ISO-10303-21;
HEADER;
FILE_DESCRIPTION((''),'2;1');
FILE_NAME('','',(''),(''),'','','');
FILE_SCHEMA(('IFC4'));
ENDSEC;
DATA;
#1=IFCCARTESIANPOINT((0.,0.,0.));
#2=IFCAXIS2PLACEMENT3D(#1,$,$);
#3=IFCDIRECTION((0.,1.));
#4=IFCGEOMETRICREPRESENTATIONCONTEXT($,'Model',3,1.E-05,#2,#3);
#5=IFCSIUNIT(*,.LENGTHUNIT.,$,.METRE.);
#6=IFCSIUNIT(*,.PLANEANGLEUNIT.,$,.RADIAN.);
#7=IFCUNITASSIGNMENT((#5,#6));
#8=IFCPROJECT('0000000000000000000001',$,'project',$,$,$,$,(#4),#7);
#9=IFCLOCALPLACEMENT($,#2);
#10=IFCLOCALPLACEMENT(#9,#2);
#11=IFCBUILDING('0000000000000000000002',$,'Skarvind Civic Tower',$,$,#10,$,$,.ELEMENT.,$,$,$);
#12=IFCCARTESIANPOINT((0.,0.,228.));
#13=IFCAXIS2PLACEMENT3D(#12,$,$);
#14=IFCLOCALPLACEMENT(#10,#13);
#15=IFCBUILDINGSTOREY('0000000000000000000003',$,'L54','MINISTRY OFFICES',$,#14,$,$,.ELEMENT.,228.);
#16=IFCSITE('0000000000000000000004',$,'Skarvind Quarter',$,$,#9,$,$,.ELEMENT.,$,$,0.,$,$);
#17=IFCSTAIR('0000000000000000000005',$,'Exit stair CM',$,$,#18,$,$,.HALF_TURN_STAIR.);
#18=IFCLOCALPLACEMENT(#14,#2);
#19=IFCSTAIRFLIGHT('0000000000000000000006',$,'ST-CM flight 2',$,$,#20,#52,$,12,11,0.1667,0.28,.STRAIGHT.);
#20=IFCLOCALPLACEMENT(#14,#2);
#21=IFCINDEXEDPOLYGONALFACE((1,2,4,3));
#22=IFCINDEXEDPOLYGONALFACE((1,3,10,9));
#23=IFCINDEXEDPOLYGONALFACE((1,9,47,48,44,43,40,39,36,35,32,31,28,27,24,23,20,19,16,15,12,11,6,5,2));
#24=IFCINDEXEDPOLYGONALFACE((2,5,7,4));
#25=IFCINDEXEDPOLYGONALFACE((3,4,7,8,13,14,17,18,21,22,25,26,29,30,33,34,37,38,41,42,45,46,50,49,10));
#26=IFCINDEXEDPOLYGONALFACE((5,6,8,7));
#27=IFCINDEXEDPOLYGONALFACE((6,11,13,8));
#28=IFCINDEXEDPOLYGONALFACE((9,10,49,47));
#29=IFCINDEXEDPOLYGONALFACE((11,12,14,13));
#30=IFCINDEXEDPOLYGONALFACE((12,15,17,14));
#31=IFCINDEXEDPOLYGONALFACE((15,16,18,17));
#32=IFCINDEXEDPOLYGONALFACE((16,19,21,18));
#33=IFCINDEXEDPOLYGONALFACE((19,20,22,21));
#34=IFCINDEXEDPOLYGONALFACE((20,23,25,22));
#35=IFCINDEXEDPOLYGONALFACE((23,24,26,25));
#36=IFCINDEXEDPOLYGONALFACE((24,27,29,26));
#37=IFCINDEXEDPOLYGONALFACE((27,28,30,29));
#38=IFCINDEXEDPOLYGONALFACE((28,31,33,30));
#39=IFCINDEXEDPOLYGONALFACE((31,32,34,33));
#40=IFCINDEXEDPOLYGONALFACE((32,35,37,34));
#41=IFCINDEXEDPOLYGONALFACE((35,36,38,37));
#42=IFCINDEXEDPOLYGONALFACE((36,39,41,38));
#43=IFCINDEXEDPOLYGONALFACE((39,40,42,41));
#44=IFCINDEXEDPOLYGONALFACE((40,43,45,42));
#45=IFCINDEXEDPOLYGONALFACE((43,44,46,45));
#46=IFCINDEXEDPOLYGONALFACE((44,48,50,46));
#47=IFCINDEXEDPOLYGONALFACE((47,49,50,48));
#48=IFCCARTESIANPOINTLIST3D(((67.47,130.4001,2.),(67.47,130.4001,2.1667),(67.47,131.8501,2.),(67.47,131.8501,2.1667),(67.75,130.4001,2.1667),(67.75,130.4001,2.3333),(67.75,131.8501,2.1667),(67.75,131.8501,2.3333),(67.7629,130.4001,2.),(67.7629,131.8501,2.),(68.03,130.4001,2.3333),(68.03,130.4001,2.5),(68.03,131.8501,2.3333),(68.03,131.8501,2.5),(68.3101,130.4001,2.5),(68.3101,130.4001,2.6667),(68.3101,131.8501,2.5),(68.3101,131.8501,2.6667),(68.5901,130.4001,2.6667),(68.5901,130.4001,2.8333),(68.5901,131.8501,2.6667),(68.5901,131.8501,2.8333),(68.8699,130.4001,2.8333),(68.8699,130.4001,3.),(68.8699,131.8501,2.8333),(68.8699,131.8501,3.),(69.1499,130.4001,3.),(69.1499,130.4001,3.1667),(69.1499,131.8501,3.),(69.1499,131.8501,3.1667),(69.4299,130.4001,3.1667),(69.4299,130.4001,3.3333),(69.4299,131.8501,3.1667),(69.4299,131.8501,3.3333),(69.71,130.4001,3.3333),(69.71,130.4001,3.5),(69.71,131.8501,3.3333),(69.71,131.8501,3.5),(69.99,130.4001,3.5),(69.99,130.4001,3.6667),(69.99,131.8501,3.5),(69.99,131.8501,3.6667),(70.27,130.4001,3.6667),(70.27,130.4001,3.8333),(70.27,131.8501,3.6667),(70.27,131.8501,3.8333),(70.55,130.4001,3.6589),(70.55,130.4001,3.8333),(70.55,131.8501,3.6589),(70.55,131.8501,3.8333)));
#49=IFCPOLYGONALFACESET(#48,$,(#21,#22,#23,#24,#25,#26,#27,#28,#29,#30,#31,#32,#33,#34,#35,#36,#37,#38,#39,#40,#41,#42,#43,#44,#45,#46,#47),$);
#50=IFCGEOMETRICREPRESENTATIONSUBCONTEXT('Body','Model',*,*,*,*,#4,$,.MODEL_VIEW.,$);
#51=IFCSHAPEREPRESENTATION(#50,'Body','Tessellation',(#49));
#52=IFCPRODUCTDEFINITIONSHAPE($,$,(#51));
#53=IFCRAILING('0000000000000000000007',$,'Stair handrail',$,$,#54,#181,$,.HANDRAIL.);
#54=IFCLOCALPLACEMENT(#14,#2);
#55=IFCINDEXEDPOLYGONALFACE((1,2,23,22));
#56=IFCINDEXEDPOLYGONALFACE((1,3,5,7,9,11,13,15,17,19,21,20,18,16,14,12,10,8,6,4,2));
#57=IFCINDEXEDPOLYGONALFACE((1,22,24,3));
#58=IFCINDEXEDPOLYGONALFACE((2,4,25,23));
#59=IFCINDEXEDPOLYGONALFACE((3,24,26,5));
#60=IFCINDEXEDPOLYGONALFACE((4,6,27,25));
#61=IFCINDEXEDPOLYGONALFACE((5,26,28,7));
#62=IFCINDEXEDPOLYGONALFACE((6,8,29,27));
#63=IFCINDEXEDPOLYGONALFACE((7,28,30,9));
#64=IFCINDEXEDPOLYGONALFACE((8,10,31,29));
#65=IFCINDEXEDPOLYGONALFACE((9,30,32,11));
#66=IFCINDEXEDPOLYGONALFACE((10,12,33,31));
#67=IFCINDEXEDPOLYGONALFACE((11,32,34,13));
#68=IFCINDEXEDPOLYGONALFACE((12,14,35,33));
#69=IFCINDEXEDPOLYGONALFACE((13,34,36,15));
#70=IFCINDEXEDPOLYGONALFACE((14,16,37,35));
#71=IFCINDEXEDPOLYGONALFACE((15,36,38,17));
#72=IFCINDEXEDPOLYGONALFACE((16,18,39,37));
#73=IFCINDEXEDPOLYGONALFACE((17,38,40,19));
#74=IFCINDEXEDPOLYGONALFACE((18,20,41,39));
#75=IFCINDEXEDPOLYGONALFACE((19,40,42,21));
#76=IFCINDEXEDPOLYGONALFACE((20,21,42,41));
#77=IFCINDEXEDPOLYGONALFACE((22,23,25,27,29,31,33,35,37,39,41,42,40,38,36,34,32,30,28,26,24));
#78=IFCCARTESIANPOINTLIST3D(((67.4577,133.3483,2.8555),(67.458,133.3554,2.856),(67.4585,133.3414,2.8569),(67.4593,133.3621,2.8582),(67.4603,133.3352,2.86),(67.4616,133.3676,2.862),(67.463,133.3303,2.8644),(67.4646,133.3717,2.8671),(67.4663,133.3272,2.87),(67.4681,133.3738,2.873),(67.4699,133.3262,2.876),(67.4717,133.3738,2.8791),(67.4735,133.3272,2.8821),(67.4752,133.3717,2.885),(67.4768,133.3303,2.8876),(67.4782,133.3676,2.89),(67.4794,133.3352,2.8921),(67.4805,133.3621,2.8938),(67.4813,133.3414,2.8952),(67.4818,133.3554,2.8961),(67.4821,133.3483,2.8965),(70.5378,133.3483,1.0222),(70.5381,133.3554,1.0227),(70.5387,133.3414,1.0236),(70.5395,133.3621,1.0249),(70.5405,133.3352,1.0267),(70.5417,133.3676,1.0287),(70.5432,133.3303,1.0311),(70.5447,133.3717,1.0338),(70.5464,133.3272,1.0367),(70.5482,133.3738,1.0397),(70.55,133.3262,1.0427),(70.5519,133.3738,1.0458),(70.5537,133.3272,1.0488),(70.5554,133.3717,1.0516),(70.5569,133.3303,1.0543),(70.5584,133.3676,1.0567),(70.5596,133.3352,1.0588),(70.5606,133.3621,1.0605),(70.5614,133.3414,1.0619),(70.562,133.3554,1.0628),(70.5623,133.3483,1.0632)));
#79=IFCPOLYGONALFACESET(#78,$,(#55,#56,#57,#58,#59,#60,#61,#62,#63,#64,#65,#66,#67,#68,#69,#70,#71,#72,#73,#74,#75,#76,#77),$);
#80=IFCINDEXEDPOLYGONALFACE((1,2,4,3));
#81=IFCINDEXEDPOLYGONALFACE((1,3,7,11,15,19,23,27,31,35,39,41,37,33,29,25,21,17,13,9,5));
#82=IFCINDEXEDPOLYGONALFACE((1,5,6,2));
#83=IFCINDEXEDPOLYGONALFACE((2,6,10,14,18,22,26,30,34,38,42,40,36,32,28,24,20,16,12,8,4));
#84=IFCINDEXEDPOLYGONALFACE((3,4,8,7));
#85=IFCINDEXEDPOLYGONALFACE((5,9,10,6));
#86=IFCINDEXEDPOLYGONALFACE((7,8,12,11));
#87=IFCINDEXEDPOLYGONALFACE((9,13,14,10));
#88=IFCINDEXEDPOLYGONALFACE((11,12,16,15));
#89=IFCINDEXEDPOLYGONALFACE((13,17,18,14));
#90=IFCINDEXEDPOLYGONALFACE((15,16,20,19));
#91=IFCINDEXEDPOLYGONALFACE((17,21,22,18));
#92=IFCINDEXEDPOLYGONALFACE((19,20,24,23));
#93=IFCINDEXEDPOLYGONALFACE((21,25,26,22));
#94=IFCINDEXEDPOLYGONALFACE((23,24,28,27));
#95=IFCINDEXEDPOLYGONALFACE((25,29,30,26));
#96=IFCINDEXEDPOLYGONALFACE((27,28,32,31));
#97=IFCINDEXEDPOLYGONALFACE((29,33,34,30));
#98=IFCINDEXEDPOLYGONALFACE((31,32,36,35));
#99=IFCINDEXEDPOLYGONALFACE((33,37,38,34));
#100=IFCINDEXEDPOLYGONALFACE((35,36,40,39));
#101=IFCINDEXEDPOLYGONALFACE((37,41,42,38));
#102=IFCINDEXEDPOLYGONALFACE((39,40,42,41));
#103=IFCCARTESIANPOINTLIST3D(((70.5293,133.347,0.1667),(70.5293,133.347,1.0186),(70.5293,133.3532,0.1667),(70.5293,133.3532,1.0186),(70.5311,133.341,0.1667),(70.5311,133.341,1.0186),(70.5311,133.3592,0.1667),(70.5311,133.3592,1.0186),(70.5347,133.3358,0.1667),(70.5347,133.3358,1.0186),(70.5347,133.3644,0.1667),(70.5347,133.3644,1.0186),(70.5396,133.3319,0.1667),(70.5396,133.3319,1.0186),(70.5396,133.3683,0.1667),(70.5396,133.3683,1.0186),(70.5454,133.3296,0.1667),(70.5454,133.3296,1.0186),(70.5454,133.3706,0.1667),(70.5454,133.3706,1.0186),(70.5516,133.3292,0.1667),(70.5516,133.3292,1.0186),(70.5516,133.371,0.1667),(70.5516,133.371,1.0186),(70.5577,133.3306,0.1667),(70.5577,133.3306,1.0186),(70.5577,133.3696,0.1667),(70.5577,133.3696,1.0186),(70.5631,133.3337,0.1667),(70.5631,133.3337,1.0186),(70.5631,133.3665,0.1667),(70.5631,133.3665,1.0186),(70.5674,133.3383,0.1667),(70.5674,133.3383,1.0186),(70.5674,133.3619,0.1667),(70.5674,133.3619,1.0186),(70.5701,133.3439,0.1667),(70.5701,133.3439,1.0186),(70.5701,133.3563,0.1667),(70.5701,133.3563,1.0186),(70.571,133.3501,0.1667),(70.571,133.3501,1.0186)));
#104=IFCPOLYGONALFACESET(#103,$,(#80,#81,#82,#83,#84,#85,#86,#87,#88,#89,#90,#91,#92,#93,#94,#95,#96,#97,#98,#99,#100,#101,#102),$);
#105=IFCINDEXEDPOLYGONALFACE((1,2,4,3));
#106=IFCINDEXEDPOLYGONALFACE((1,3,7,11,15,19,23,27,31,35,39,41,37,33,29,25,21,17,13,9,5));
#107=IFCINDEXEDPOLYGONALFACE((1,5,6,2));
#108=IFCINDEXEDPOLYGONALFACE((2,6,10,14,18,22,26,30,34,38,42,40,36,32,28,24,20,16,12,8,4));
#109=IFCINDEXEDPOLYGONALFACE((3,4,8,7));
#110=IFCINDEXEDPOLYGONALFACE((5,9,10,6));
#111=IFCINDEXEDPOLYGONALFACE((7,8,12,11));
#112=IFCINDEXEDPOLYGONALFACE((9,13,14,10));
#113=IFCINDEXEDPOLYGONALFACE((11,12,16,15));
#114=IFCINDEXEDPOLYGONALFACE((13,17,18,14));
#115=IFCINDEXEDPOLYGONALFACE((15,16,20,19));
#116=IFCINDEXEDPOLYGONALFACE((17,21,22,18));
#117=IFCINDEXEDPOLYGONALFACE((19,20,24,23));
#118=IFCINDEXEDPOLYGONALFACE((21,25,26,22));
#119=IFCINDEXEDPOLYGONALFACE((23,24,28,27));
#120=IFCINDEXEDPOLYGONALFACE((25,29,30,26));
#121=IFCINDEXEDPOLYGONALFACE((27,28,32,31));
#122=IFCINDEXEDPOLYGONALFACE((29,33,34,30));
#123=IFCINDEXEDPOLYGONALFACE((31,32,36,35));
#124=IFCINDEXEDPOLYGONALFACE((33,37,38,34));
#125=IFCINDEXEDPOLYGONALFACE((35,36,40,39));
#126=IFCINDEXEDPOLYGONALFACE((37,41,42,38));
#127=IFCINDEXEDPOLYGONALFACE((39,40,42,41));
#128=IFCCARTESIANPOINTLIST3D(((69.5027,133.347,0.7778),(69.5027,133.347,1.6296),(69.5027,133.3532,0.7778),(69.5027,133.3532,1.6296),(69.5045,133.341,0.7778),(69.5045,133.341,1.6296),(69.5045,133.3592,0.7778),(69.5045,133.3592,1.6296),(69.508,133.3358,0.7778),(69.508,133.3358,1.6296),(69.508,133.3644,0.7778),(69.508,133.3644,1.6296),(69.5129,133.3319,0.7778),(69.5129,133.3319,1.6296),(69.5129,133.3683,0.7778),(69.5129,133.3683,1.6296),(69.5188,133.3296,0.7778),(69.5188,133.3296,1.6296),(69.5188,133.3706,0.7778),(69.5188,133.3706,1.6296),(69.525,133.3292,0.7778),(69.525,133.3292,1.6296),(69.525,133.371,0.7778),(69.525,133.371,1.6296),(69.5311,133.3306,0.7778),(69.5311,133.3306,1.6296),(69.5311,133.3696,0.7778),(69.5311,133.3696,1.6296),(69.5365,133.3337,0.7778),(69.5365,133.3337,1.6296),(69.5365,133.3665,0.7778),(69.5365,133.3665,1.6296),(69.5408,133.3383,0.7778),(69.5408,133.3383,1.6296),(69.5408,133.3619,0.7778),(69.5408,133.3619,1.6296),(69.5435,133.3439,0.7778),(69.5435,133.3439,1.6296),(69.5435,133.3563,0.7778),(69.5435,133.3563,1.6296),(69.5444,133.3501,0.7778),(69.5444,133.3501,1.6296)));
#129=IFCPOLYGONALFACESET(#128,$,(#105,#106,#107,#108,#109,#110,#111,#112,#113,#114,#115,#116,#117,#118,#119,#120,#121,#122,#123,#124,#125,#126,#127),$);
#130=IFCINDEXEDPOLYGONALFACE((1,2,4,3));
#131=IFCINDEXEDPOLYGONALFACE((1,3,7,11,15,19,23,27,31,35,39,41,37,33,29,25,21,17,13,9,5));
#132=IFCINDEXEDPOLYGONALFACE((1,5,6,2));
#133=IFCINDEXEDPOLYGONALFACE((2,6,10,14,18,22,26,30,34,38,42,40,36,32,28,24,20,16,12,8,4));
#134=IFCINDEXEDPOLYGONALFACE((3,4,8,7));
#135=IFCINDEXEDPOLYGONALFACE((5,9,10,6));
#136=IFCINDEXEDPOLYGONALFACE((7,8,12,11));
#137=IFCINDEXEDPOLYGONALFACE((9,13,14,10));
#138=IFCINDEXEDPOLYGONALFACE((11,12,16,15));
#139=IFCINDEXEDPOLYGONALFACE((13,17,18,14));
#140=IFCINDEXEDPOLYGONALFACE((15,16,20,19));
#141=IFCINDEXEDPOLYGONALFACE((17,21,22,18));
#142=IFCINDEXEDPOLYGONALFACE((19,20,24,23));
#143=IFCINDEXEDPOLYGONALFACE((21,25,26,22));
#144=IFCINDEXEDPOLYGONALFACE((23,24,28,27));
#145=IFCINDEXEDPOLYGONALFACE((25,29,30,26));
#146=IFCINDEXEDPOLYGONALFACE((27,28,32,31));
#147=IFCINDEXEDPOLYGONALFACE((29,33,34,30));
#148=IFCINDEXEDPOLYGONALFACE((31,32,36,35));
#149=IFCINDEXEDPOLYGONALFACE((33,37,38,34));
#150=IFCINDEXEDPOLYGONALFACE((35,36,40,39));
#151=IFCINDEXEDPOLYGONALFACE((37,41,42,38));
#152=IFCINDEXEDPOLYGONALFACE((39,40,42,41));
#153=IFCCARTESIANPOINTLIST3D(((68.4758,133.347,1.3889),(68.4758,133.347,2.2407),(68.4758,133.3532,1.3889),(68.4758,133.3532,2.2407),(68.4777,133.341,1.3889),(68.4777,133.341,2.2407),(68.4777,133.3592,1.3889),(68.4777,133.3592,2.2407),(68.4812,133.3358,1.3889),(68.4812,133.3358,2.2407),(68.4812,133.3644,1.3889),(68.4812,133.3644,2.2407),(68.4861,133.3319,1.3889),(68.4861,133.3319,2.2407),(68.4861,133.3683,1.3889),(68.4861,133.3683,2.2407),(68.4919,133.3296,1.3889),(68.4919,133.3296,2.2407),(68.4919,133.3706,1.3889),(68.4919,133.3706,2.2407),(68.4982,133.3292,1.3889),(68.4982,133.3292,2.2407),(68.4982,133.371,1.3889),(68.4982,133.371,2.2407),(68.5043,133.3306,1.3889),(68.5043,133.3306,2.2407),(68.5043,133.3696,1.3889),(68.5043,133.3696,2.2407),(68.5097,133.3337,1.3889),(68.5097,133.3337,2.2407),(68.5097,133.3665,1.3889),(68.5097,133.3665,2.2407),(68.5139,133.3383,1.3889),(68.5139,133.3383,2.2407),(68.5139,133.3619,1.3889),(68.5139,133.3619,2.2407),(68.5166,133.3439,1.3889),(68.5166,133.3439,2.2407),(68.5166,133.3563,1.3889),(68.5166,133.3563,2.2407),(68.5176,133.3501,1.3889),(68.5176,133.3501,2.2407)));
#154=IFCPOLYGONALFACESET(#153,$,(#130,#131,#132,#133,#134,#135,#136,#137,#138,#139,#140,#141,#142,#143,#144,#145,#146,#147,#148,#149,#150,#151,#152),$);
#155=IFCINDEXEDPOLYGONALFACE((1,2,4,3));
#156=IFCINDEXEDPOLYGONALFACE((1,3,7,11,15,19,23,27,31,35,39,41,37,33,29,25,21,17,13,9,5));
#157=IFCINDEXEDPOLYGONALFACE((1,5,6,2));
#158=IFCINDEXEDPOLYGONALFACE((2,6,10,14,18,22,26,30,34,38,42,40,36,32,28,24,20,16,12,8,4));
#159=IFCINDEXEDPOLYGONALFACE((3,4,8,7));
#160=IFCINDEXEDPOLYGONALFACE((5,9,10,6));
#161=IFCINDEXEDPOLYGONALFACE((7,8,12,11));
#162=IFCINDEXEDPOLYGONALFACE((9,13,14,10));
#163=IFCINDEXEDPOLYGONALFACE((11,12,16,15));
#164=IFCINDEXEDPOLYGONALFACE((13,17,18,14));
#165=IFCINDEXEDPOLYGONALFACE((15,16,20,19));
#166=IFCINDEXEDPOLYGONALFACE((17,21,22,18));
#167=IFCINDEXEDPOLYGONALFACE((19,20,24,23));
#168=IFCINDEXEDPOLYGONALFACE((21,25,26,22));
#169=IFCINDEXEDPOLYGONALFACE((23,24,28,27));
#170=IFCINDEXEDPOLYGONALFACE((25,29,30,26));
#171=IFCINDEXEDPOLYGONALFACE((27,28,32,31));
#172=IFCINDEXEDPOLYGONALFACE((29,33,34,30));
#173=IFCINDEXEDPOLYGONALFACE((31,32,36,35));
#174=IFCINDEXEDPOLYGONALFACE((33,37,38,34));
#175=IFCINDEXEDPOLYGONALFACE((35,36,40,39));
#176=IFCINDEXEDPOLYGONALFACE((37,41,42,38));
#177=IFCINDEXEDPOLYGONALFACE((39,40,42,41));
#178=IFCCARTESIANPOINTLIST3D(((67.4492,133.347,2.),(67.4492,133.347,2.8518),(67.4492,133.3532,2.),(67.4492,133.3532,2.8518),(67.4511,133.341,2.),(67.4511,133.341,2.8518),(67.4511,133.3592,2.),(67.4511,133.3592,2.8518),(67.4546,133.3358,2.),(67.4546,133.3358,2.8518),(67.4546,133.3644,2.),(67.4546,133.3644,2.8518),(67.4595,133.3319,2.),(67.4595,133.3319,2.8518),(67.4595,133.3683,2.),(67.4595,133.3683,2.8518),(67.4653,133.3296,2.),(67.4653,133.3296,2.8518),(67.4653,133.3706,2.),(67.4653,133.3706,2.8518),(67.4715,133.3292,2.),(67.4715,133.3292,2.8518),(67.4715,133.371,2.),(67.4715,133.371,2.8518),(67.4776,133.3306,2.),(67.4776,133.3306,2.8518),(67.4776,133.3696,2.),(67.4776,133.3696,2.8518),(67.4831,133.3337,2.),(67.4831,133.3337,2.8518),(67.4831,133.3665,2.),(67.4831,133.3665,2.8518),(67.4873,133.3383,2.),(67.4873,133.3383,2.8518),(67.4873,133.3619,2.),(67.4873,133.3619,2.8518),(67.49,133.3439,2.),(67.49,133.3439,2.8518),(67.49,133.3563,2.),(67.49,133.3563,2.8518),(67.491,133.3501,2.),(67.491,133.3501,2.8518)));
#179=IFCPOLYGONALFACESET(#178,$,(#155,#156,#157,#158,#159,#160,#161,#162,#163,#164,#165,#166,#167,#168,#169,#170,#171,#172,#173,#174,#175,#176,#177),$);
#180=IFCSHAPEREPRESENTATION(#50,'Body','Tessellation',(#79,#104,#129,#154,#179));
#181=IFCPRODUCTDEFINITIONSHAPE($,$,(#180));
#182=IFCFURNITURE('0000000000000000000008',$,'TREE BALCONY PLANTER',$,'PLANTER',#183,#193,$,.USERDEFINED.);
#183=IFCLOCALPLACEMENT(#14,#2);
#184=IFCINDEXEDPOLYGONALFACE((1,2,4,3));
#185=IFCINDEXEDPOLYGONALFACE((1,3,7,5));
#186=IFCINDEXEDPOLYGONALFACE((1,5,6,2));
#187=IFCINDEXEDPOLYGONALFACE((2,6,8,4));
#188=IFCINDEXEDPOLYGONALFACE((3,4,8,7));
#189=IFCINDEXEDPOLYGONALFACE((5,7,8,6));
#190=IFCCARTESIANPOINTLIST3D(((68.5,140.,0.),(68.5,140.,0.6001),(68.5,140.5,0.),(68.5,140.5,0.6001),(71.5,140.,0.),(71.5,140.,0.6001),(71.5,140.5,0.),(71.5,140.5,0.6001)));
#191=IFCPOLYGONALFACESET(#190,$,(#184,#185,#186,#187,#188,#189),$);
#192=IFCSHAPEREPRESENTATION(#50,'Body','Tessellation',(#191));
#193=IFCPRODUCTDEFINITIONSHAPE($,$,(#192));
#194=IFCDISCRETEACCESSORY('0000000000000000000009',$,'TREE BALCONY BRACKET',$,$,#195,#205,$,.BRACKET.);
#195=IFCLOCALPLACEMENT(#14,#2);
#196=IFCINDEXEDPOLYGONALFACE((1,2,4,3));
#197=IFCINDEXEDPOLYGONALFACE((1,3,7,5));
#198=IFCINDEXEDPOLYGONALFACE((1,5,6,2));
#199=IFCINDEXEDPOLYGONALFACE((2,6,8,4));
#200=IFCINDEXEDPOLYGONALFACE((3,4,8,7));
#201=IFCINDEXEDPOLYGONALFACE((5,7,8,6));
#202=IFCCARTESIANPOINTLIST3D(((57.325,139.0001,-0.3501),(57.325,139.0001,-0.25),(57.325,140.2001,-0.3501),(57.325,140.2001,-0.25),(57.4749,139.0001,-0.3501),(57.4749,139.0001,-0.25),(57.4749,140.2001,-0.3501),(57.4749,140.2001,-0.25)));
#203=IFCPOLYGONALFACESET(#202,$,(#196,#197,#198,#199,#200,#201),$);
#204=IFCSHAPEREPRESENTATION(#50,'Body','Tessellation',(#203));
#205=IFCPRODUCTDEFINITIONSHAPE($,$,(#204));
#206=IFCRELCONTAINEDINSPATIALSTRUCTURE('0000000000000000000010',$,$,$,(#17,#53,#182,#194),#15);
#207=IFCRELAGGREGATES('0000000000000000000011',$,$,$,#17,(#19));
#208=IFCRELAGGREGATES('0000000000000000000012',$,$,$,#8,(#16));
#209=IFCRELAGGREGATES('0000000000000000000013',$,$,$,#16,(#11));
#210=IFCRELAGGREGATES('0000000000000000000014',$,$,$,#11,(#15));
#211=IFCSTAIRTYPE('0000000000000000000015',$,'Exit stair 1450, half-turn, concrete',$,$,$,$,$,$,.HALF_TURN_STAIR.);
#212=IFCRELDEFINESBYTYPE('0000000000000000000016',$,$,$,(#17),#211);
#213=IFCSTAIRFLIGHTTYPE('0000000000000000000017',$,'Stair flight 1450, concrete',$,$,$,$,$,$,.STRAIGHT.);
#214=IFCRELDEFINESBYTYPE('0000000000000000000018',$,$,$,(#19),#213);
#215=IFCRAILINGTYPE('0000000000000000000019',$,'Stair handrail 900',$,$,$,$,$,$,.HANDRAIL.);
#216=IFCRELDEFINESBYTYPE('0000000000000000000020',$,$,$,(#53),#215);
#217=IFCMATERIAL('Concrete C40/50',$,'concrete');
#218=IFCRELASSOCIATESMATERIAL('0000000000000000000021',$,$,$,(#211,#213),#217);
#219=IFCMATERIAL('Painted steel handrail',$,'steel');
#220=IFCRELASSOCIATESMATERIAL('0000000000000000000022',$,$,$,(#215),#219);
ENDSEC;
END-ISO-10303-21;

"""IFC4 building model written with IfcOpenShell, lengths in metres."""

from ifc_helpers import new_model, si_unit, direction, frame, origin, origin_2d, place, context, subcontext, project, spatial, polyline, rectangle, circle, outline, extrude, material, type_object, element, aggregate, save


model = new_model("IFC4")

# Units and contexts
model_context = context("Model", 3, precision=1e-05, world=origin(), true_north=direction((0.0, 1.0)))
body_context = subcontext(model_context, "Body", "Model", "MODEL_VIEW")
ifc_project = project(units=[si_unit("LENGTHUNIT", "METRE"), si_unit("PLANEANGLEUNIT", "RADIAN")], contexts=[model_context])

# Site, building, storey
site_placement = place(None, origin())
site = spatial("IfcSite", under=ifc_project, at=site_placement, Name="Skarvind Quarter", CompositionType="ELEMENT", RefElevation=0.0)
building_placement = place(site_placement, origin())
building = spatial("IfcBuilding", under=site, at=building_placement, Name="Skarvind Civic Tower", CompositionType="ELEMENT")
storey_placement = place(building_placement, frame((0.0, 0.0, 228.0)))
storey = spatial("IfcBuildingStorey", under=building, at=storey_placement, Name="L54", Description="MINISTRY OFFICES", CompositionType="ELEMENT", Elevation=228.0)

# Stair, stair flight
ifc_material_1 = material(Name="Concrete C40/50", Category="concrete")
stair_type = type_object("IfcStairType", Name="Exit stair 1450, half-turn, concrete", PredefinedType="HALF_TURN_STAIR", material=ifc_material_1)
stair_placement = place(storey_placement, origin())
stair = element("IfcStair", 1, at=stair_placement, inside=storey, type_object=stair_type, Name="Exit stair CM", PredefinedType="HALF_TURN_STAIR")
stair_flight_type = type_object("IfcStairFlightType", Name="Stair flight 1450, concrete", PredefinedType="STRAIGHT", material=ifc_material_1)
stair_flight_1_placement = place(storey_placement, frame((67.47, 131.125, 2.0), z_axis=(0.0, 0.0, 1.0), x_axis=(1.0, 0.0, 0.0)))
stair_flight_1 = element("IfcStairFlight", 2, at=stair_flight_1_placement, type_object=stair_flight_type, Name="ST-CM flight 2", NumberOfRisers=12, NumberOfTreads=11, PredefinedType="STRAIGHT", RiserHeight=0.1667, TreadLength=0.28, context=body_context, shape_type="SweptSolid", body=[
    extrude(outline(polyline([(0.0, 0.0), (0.0, 0.1667), (0.28, 0.1667), (0.28, 0.3333), (0.5601, 0.3333), (0.5601, 0.5), (0.8401, 0.5), (0.8401, 0.6667), (1.1201, 0.6667), (1.1201, 0.8333), (1.3999, 0.8333), (1.3999, 1.0), (1.6799, 1.0), (1.6799, 1.1667), (1.96, 1.1667), (1.96, 1.3333), (2.24, 1.3333), (2.24, 1.5), (2.52, 1.5), (2.52, 1.6667), (2.8, 1.6667), (2.8, 1.8333), (3.0801, 1.8333), (3.0801, 2.0), (3.0801, 1.6589), (0.293, 0.0), (0.0, 0.0)])), frame((0.0, 0.7251, 0.0), z_axis=(0.0, -1.0, 0.0), x_axis=(1.0, 0.0, 0.0)), (0.0, 0.0, 1.0), 1.45),
])
aggregate(stair, [stair_flight_1])

# Railing
ifc_material_2 = material(Name="Painted steel handrail", Category="steel")
railing_type_1 = type_object("IfcRailingType", Name="Stair handrail 900", PredefinedType="HANDRAIL", material=ifc_material_2)
railing_1_placement = place(storey_placement, frame((70.55, 133.3501, 0.1667)))
element("IfcRailing", 3, at=railing_1_placement, inside=storey, type_object=railing_type_1, Name="Stair handrail", PredefinedType="HANDRAIL", context=body_context, shape_type="SweptSolid", body=[
    extrude(circle(Radius=0.0239, at=origin_2d()), frame((0.0, 0.0, 0.876), z_axis=(-0.859309, 0.0, 0.511458), x_axis=(0.0, -1.0, 0.0)), (0.0, 0.0, 1.0), 3.5845),
    extrude(circle(Radius=0.021, at=origin_2d()), origin(), (0.0, 0.0, 1.0), 0.8518),
    extrude(circle(Radius=0.021, at=origin_2d()), frame((-1.0266, 0.0, 0.6111)), (0.0, 0.0, 1.0), 0.8518),
    extrude(circle(Radius=0.021, at=origin_2d()), frame((-2.0535, 0.0, 1.2222)), (0.0, 0.0, 1.0), 0.8518),
    extrude(circle(Radius=0.021, at=origin_2d()), frame((-3.0801, 0.0, 1.8333)), (0.0, 0.0, 1.0), 0.8518),
])

# Furniture
furniture_placement = place(storey_placement, frame((70.0, 140.25, 0.0), z_axis=(0.0, 0.0, 1.0), x_axis=(1.0, 0.0, 0.0)))
element("IfcFurniture", 4, at=furniture_placement, inside=storey, Name="TREE BALCONY PLANTER", ObjectType="PLANTER", PredefinedType="USERDEFINED", context=body_context, shape_type="SweptSolid", body=[
    extrude(rectangle(XDim=3.0, YDim=0.5, at=origin_2d()), origin(), (0.0, 0.0, 1.0), 0.6001),
])

# Discrete accessory
discrete_accessory_placement = place(storey_placement, frame((57.3999, 139.6001, -0.3501), z_axis=(0.0, 0.0, 1.0), x_axis=(1.0, 0.0, 0.0)))
element("IfcDiscreteAccessory", 5, at=discrete_accessory_placement, inside=storey, Name="TREE BALCONY BRACKET", PredefinedType="BRACKET", context=body_context, shape_type="SweptSolid", body=[
    extrude(rectangle(XDim=0.1499, YDim=1.2, at=origin_2d()), origin(), (0.0, 0.0, 1.0), 0.1001),
])

save(model, "model.ifc")
